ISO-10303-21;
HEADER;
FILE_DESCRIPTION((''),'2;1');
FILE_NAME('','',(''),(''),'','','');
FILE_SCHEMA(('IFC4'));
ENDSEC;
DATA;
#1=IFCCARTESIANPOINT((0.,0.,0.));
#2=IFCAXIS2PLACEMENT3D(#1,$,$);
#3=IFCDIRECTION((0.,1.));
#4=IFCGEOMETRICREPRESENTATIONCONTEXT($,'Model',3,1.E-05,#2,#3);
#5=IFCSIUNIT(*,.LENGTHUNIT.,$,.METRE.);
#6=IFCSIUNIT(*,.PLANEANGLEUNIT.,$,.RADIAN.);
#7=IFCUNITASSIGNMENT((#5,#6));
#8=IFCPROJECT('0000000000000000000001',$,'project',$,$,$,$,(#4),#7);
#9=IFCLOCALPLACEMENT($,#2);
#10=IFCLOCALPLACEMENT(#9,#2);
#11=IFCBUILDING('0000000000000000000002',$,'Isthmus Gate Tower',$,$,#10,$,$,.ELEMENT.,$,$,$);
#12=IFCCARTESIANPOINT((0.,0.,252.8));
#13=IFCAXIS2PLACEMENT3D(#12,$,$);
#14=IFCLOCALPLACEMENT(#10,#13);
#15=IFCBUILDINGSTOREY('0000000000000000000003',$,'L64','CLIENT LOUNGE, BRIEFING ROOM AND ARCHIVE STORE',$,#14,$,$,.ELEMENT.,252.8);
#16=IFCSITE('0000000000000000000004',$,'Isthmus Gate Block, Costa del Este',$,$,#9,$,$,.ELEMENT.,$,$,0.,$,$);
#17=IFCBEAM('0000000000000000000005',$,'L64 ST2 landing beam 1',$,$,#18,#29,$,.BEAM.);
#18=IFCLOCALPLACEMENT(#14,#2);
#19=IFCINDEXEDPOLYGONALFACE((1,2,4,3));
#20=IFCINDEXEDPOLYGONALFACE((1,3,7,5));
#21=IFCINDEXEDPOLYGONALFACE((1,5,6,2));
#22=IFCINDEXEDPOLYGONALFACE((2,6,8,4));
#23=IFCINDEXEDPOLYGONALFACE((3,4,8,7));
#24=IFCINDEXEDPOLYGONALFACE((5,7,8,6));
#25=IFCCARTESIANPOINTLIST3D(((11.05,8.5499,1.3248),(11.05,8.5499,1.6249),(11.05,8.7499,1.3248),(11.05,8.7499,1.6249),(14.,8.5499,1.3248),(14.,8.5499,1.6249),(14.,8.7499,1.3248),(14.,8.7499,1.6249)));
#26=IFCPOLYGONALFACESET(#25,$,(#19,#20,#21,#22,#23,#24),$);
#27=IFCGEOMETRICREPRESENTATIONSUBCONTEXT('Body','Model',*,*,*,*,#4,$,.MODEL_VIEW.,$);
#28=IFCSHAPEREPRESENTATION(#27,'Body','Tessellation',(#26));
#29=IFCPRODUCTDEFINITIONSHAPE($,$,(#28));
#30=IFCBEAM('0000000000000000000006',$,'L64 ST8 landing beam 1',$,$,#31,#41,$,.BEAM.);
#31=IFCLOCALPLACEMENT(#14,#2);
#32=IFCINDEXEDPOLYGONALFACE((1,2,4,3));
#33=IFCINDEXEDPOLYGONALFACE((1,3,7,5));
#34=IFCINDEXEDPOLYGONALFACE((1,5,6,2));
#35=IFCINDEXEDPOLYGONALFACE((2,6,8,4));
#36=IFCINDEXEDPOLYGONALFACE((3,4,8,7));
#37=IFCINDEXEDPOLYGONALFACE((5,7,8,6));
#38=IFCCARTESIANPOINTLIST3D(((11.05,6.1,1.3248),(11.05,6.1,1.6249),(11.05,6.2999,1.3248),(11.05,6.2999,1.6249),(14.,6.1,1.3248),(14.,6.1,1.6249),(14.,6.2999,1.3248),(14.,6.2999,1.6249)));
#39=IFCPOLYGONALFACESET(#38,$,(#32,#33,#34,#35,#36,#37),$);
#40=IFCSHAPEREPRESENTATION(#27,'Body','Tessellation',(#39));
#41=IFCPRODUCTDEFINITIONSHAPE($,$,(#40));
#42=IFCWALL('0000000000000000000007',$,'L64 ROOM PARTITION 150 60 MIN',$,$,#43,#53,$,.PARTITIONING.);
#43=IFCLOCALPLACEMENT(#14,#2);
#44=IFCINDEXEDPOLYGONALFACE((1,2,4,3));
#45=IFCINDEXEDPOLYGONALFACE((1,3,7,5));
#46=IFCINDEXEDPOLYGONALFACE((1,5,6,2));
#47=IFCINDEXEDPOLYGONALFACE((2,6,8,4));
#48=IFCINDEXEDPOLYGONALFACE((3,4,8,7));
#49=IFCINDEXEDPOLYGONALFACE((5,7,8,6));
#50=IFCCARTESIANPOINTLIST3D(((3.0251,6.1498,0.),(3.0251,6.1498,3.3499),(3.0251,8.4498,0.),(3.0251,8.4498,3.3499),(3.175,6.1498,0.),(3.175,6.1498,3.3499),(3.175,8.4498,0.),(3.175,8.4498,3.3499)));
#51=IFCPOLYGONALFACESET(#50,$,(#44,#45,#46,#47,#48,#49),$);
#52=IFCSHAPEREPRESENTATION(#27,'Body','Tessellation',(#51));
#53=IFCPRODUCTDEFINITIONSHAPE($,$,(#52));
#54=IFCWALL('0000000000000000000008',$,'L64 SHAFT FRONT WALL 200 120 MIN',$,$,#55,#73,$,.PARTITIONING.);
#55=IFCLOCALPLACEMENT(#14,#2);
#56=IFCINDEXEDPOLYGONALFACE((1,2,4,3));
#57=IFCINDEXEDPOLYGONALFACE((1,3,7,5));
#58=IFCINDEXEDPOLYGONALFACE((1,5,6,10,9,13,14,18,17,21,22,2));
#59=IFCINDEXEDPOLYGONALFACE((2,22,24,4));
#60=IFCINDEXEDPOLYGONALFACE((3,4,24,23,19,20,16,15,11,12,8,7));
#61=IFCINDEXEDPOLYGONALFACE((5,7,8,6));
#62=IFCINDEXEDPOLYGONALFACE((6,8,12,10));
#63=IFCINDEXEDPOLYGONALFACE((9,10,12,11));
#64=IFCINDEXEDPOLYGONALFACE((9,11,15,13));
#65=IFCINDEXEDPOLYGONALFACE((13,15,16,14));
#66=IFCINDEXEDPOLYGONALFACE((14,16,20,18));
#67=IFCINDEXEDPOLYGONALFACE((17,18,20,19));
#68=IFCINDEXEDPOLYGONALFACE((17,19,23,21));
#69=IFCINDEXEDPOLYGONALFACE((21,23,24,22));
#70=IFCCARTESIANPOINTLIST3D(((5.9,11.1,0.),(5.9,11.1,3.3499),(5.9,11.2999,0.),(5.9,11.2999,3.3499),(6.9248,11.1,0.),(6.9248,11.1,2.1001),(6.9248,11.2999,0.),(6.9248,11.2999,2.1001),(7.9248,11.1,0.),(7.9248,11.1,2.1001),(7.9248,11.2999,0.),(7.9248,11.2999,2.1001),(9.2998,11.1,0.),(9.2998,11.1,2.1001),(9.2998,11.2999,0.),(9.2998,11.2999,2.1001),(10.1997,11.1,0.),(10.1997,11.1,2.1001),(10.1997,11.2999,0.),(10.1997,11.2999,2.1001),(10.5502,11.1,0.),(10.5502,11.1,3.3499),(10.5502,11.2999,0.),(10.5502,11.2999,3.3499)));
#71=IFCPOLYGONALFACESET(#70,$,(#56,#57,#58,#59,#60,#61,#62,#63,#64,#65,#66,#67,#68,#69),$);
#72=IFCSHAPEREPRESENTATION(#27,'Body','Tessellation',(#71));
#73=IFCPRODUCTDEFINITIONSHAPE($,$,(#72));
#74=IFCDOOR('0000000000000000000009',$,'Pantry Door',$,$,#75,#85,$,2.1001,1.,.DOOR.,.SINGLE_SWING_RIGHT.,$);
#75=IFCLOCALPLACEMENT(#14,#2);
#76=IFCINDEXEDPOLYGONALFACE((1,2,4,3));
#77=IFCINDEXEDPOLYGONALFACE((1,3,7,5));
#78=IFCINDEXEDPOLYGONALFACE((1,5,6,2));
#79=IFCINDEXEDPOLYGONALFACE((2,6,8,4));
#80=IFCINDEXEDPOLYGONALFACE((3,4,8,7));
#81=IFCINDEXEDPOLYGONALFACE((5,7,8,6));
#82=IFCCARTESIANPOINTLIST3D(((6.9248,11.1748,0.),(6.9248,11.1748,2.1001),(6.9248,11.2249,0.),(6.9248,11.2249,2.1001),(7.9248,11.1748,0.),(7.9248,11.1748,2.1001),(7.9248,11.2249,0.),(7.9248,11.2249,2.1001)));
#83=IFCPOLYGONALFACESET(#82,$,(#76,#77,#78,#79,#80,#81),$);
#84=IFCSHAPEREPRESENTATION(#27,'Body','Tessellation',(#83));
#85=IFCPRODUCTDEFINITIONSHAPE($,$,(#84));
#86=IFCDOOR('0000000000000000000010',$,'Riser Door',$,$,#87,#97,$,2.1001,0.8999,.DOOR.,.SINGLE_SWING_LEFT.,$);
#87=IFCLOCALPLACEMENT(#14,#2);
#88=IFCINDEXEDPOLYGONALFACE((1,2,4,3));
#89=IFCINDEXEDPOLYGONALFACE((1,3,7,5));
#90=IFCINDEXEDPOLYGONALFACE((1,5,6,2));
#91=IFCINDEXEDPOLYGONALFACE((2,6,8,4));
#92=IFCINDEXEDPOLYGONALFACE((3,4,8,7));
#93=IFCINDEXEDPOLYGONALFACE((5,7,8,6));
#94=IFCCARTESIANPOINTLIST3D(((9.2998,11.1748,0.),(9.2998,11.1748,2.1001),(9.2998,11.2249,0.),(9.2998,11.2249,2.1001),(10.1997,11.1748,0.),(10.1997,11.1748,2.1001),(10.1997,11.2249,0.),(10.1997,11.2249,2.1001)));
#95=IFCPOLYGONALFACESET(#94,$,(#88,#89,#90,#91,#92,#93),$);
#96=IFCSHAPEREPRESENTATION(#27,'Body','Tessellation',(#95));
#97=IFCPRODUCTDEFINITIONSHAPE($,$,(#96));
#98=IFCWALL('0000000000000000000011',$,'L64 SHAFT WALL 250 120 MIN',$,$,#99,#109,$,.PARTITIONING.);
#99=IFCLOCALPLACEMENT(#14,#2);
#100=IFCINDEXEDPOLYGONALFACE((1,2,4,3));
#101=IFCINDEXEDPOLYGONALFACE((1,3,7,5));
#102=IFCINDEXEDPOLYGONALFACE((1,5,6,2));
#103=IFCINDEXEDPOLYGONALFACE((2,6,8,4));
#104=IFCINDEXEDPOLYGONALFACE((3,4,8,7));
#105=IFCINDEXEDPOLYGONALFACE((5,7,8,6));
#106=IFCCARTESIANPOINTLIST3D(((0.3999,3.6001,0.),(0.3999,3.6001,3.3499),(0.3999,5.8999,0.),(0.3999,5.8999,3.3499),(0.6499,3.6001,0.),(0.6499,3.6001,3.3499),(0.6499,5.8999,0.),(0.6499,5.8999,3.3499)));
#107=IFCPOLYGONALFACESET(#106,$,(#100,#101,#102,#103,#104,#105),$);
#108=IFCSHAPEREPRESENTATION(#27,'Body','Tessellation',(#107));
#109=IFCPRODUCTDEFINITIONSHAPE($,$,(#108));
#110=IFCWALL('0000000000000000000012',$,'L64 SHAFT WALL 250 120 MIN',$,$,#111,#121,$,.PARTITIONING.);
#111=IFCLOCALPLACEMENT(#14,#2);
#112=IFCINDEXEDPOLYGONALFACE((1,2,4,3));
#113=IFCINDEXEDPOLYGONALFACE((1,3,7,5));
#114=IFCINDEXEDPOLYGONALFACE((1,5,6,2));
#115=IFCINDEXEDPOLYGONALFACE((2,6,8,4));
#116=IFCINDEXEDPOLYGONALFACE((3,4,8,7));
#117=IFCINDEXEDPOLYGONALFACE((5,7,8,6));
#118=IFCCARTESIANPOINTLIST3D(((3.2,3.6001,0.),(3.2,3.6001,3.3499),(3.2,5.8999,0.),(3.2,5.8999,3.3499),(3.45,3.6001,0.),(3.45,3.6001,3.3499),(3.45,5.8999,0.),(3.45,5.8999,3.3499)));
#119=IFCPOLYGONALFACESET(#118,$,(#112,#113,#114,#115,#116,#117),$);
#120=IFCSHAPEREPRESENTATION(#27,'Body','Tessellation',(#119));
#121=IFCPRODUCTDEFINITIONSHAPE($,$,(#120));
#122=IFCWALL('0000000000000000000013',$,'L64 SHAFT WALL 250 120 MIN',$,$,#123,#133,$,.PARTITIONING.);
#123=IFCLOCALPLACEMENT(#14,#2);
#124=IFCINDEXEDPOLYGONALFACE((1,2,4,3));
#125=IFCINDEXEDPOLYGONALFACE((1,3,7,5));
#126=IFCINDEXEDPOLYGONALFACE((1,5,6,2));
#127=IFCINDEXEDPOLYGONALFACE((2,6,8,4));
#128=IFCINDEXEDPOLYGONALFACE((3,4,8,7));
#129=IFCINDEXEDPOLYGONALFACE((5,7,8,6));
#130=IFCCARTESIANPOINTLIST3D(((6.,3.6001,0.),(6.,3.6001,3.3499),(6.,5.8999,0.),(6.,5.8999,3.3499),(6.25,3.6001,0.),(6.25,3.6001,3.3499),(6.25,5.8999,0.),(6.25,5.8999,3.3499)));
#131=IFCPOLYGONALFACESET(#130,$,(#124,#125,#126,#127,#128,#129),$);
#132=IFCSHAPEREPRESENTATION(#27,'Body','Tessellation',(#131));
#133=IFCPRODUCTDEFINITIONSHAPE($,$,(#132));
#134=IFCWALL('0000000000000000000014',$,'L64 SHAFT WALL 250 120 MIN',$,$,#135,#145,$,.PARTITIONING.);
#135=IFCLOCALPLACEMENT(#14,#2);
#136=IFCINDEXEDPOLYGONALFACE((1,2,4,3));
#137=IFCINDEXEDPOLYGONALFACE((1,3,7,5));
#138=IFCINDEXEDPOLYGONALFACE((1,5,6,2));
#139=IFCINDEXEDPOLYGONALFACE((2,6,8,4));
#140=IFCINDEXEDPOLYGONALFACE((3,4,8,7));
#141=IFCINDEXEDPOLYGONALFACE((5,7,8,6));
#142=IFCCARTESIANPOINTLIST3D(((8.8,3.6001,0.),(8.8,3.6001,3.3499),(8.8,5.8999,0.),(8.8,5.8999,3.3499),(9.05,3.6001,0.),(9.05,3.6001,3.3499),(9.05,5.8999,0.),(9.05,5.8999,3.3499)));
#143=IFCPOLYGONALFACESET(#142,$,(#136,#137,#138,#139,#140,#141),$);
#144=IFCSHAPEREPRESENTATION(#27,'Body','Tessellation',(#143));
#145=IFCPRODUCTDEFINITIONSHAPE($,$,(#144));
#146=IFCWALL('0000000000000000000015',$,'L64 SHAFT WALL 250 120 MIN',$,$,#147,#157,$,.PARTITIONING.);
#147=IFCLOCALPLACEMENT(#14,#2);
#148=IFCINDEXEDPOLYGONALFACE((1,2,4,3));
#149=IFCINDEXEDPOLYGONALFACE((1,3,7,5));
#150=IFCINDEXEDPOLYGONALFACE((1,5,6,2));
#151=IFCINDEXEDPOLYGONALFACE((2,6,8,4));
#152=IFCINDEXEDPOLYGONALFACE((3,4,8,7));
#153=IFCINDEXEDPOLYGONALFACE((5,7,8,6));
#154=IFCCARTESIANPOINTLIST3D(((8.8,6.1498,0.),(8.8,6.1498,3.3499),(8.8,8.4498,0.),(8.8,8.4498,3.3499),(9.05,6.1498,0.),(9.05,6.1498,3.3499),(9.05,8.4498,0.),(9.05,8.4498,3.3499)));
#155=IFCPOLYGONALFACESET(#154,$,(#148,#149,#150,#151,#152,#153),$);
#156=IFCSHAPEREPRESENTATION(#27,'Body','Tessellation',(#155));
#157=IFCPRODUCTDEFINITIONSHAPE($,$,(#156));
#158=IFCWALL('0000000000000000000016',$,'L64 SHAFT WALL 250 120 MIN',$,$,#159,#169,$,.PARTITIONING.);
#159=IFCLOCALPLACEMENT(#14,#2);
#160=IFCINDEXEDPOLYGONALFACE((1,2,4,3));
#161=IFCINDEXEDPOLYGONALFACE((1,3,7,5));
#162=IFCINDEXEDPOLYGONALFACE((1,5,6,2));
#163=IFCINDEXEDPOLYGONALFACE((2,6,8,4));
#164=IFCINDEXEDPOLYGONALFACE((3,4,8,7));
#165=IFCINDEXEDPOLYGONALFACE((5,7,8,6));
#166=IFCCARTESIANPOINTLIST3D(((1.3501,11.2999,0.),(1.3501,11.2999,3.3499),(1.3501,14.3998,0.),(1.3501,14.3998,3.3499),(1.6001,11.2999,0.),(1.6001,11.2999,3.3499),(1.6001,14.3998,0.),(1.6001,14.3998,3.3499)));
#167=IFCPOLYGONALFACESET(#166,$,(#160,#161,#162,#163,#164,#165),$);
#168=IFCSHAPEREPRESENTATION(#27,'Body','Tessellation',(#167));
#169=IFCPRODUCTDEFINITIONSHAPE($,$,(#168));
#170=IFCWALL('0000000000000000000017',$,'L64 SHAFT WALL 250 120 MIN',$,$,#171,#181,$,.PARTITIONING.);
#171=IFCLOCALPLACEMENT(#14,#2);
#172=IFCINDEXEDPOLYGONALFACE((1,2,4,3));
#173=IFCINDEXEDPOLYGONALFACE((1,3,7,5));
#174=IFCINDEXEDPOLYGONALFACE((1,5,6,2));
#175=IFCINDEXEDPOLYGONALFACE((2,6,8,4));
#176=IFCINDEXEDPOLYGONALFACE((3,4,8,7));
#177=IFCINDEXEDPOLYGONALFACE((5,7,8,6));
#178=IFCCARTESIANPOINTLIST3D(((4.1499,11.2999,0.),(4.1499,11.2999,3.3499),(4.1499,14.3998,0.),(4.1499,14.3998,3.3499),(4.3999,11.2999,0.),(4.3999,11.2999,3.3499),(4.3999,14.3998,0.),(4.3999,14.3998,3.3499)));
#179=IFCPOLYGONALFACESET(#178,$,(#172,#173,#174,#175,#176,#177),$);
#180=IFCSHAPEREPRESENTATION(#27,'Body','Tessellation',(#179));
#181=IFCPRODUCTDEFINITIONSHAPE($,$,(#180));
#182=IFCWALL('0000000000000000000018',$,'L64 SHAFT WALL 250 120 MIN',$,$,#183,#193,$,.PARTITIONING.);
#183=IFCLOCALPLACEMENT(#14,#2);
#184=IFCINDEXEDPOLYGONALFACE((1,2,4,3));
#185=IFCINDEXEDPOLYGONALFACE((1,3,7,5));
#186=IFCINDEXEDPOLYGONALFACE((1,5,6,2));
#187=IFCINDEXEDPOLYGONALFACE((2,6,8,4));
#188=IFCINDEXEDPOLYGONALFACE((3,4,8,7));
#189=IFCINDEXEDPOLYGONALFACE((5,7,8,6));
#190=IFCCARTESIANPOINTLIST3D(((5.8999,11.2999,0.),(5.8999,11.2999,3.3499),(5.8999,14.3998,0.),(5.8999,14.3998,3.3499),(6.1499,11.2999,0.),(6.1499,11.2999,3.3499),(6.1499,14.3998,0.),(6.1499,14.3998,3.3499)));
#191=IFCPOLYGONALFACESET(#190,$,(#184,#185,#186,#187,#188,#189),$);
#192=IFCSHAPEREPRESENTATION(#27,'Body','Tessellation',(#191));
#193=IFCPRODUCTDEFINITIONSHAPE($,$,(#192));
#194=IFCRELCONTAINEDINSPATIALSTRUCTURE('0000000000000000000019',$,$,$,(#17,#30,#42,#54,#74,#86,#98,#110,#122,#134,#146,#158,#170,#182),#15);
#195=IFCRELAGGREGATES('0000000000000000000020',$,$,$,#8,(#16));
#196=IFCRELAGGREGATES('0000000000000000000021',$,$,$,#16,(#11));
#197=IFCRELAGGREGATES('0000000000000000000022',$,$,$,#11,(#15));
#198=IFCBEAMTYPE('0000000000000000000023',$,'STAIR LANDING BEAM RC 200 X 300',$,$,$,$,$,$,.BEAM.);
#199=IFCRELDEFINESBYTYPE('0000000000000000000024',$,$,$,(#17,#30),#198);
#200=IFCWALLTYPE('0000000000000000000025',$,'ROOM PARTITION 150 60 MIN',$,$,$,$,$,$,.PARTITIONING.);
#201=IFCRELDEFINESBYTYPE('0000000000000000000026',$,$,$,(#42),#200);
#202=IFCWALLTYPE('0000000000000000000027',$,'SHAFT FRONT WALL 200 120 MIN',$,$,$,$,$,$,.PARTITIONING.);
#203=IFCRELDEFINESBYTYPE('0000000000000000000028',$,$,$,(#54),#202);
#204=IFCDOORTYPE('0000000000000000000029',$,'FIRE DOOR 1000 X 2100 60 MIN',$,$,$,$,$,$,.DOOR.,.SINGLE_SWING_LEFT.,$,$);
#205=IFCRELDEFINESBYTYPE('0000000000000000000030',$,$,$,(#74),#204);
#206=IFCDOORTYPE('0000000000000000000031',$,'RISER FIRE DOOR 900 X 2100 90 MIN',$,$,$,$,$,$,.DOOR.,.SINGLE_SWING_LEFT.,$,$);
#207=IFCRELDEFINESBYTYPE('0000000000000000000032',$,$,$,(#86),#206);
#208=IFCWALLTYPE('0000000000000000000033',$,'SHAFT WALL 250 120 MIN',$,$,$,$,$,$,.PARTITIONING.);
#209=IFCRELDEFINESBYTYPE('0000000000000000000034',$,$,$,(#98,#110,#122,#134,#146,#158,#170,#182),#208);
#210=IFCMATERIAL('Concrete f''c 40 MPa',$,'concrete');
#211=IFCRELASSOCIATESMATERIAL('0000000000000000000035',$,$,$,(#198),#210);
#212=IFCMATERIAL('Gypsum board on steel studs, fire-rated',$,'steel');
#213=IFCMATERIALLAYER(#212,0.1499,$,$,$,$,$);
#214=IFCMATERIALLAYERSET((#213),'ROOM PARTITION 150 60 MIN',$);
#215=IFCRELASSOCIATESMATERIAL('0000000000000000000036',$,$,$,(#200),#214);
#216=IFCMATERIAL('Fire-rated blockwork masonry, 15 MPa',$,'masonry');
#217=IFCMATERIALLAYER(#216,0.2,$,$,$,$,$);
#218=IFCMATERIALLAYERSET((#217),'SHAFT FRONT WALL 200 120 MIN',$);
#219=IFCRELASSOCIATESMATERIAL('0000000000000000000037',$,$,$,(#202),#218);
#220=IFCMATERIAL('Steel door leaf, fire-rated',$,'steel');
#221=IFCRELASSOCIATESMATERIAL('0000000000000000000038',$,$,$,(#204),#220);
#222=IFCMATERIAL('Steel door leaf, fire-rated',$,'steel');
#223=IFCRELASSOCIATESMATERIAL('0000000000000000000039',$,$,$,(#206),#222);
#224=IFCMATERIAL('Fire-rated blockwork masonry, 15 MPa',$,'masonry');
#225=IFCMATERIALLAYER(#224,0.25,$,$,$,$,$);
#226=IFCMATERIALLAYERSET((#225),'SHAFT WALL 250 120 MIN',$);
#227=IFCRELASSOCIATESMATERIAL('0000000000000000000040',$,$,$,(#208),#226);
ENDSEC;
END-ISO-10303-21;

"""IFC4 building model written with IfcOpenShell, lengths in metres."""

from ifc_helpers import new_model, si_unit, direction, frame, frame_2d, origin, origin_2d, place, context, subcontext, project, spatial, rectangle, extrude, material, layer, layer_set, material_profile, profile_set, type_object, element, fill, save


model = new_model("IFC4")

# Units and contexts
model_context = context("Model", 3, precision=1e-05, world=origin(), true_north=direction((0.0, 1.0)))
body_context = subcontext(model_context, "Body", "Model", "MODEL_VIEW")
ifc_project = project(units=[si_unit("LENGTHUNIT", "METRE"), si_unit("PLANEANGLEUNIT", "RADIAN")], contexts=[model_context])

# Site, building, storey
site_placement = place(None, origin())
site = spatial("IfcSite", under=ifc_project, at=site_placement, Name="Isthmus Gate Block, Costa del Este", CompositionType="ELEMENT", RefElevation=0.0)
building_placement = place(site_placement, origin())
building = spatial("IfcBuilding", under=site, at=building_placement, Name="Isthmus Gate Tower", CompositionType="ELEMENT")
storey_placement = place(building_placement, frame((0.0, 0.0, 252.8)))
storey = spatial("IfcBuildingStorey", under=building, at=storey_placement, Name="L64", Description="CLIENT LOUNGE, BRIEFING ROOM AND ARCHIVE STORE", CompositionType="ELEMENT", Elevation=252.8)

# Beams
ifc_material_1 = material(Name="Concrete f'c 40 MPa", Category="concrete")
ifc_material_profile = material_profile(ifc_material_1, rectangle(XDim=0.2, YDim=0.3, at=origin_2d()), Name="STAIR LANDING BEAM RC 200 X 300")
ifc_profile_set = profile_set([ifc_material_profile], Name="Concrete f'c 40 MPa")
beam_type = type_object("IfcBeamType", Name="STAIR LANDING BEAM RC 200 X 300", PredefinedType="BEAM", material=ifc_profile_set)
for number, where, z_axis, x_axis, name in (
    (1, (11.05, 8.6499, 1.4749), (1.0, 0.0, 0.0), (0.0, 1.0, 0.0), "L64 ST2 landing beam 1"),
    (2, (11.05, 6.2, 1.4749), (1.0, 0.0, 0.0), (0.0, 1.0, 0.0), "L64 ST8 landing beam 1"),
):
    element("IfcBeam", number, at=place(storey_placement, frame(where, z_axis=z_axis, x_axis=x_axis)), inside=storey, type_object=beam_type, Name=name, PredefinedType="BEAM", context=body_context, shape_type="SweptSolid", body=[
        extrude(rectangle(XDim=0.2, YDim=0.3, at=origin_2d()), origin(), (0.0, 0.0, 1.0), 2.95),
    ])

# Wall
ifc_material_2 = material(Name="Gypsum board on steel studs, fire-rated", Category="steel")
ifc_layer_1 = layer(ifc_material_2, 0.1499)
ifc_layer_set_1 = layer_set([ifc_layer_1], Name="ROOM PARTITION 150 60 MIN")
wall_type_1 = type_object("IfcWallType", Name="ROOM PARTITION 150 60 MIN", PredefinedType="PARTITIONING", material=ifc_layer_set_1)
wall_1_placement = place(storey_placement, frame((3.1001, 6.1499, 0.0), z_axis=(0.0, 0.0, 1.0), x_axis=(0.0, 1.0, 0.0)))
element("IfcWall", 3, at=wall_1_placement, inside=storey, type_object=wall_type_1, Name="L64 ROOM PARTITION 150 60 MIN", PredefinedType="PARTITIONING", context=body_context, shape_type="SweptSolid", body=[
    extrude(rectangle(XDim=2.3, YDim=0.1499, at=frame_2d((1.1499, 0.0))), origin(), (0.0, 0.0, 1.0), 3.3499),
])

# Wall, openings, doors
ifc_material_3 = material(Name="Fire-rated blockwork masonry, 15 MPa", Category="masonry")
ifc_layer_2 = layer(ifc_material_3, 0.2)
ifc_layer_set_2 = layer_set([ifc_layer_2], Name="SHAFT FRONT WALL 200 120 MIN")
wall_type_2 = type_object("IfcWallType", Name="SHAFT FRONT WALL 200 120 MIN", PredefinedType="PARTITIONING", material=ifc_layer_set_2)
wall_2_placement = place(storey_placement, frame((5.8999, 11.2, 0.0), z_axis=(0.0, 0.0, 1.0), x_axis=(1.0, 0.0, 0.0)))
wall_2 = element("IfcWall", 4, at=wall_2_placement, inside=storey, type_object=wall_type_2, Name="L64 SHAFT FRONT WALL 200 120 MIN", PredefinedType="PARTITIONING", context=body_context, shape_type="SweptSolid", body=[
    extrude(rectangle(XDim=4.6501, YDim=0.2, at=frame_2d((2.3252, 0.0))), origin(), (0.0, 0.0, 1.0), 3.3499),
])
opening_1_placement = place(wall_2_placement, frame((1.0249, 0.0, 0.0)))
opening_1 = element("IfcOpeningElement", 5, at=opening_1_placement, cuts=wall_2, PredefinedType="OPENING", context=body_context, shape_type="SweptSolid", body=[
    extrude(rectangle(XDim=1.0, YDim=2.1001, at=frame_2d((0.5, 1.05))), frame((0.0, 0.1099, 0.0), z_axis=(0.0, -1.0, 0.0), x_axis=(1.0, 0.0, 0.0)), (0.0, 0.0, 1.0), 0.22),
])
opening_2_placement = place(wall_2_placement, frame((3.3999, 0.0, 0.0)))
opening_2 = element("IfcOpeningElement", 6, at=opening_2_placement, cuts=wall_2, PredefinedType="OPENING", context=body_context, shape_type="SweptSolid", body=[
    extrude(rectangle(XDim=0.8999, YDim=2.1001, at=frame_2d((0.45, 1.05))), frame((0.0, 0.1099, 0.0), z_axis=(0.0, -1.0, 0.0), x_axis=(1.0, 0.0, 0.0)), (0.0, 0.0, 1.0), 0.22),
])
ifc_material_4 = material(Name="Steel door leaf, fire-rated", Category="steel")
door_type_1 = type_object("IfcDoorType", Name="FIRE DOOR 1000 X 2100 60 MIN", OperationType="SINGLE_SWING_LEFT", PredefinedType="DOOR", material=ifc_material_4)
door_1_placement = place(opening_1_placement, origin())
door_1 = element("IfcDoor", 7, at=door_1_placement, inside=storey, type_object=door_type_1, Name="Pantry Door", OperationType="SINGLE_SWING_RIGHT", OverallHeight=2.1001, OverallWidth=1.0, PredefinedType="DOOR", context=body_context, shape_type="SweptSolid", body=[
    extrude(rectangle(XDim=1.0, YDim=2.1001, at=frame_2d((0.5, 1.05))), frame((0.0, 0.0249, 0.0), z_axis=(0.0, -1.0, 0.0), x_axis=(1.0, 0.0, 0.0)), (0.0, 0.0, 1.0), 0.05),
])
fill(opening_1, door_1)
ifc_material_5 = material(Name="Steel door leaf, fire-rated", Category="steel")
door_type_2 = type_object("IfcDoorType", Name="RISER FIRE DOOR 900 X 2100 90 MIN", OperationType="SINGLE_SWING_LEFT", PredefinedType="DOOR", material=ifc_material_5)
door_2_placement = place(opening_2_placement, origin())
door_2 = element("IfcDoor", 8, at=door_2_placement, inside=storey, type_object=door_type_2, Name="Riser Door", OperationType="SINGLE_SWING_LEFT", OverallHeight=2.1001, OverallWidth=0.8999, PredefinedType="DOOR", context=body_context, shape_type="SweptSolid", body=[
    extrude(rectangle(XDim=0.8999, YDim=2.1001, at=frame_2d((0.45, 1.05))), frame((0.0, 0.0249, 0.0), z_axis=(0.0, -1.0, 0.0), x_axis=(1.0, 0.0, 0.0)), (0.0, 0.0, 1.0), 0.05),
])
fill(opening_2, door_2)

# Walls
ifc_material_6 = material(Name="Fire-rated blockwork masonry, 15 MPa", Category="masonry")
ifc_layer_3 = layer(ifc_material_6, 0.25)
ifc_layer_set_3 = layer_set([ifc_layer_3], Name="SHAFT WALL 250 120 MIN")
wall_type_3 = type_object("IfcWallType", Name="SHAFT WALL 250 120 MIN", PredefinedType="PARTITIONING", material=ifc_layer_set_3)
for number, where, z_axis, x_axis, name in (
    (9, (0.5249, 3.6001, 0.0), (0.0, 0.0, 1.0), (0.0, 1.0, 0.0), "L64 SHAFT WALL 250 120 MIN"),
    (10, (3.325, 3.6001, 0.0), (0.0, 0.0, 1.0), (0.0, 1.0, 0.0), "L64 SHAFT WALL 250 120 MIN"),
    (11, (6.125, 3.6001, 0.0), (0.0, 0.0, 1.0), (0.0, 1.0, 0.0), "L64 SHAFT WALL 250 120 MIN"),
    (12, (8.925, 3.6001, 0.0), (0.0, 0.0, 1.0), (0.0, 1.0, 0.0), "L64 SHAFT WALL 250 120 MIN"),
):
    element("IfcWall", number, at=place(storey_placement, frame(where, z_axis=z_axis, x_axis=x_axis)), inside=storey, type_object=wall_type_3, Name=name, PredefinedType="PARTITIONING", context=body_context, shape_type="SweptSolid", body=[
        extrude(rectangle(XDim=2.2998, YDim=0.25, at=frame_2d((1.1499, 0.0))), origin(), (0.0, 0.0, 1.0), 3.3499),
    ])
wall_3_placement = place(storey_placement, frame((8.925, 6.1499, 0.0), z_axis=(0.0, 0.0, 1.0), x_axis=(0.0, 1.0, 0.0)))
element("IfcWall", 13, at=wall_3_placement, inside=storey, type_object=wall_type_3, Name="L64 SHAFT WALL 250 120 MIN", PredefinedType="PARTITIONING", context=body_context, shape_type="SweptSolid", body=[
    extrude(rectangle(XDim=2.3, YDim=0.25, at=frame_2d((1.1499, 0.0))), origin(), (0.0, 0.0, 1.0), 3.3499),
])
for number, where, z_axis, x_axis, name in (
    (14, (1.4751, 11.3, 0.0), (0.0, 0.0, 1.0), (0.0, 1.0, 0.0), "L64 SHAFT WALL 250 120 MIN"),
    (15, (4.2749, 11.3, 0.0), (0.0, 0.0, 1.0), (0.0, 1.0, 0.0), "L64 SHAFT WALL 250 120 MIN"),
    (16, (6.0249, 11.3, 0.0), (0.0, 0.0, 1.0), (0.0, 1.0, 0.0), "L64 SHAFT WALL 250 120 MIN"),
):
    element("IfcWall", number, at=place(storey_placement, frame(where, z_axis=z_axis, x_axis=x_axis)), inside=storey, type_object=wall_type_3, Name=name, PredefinedType="PARTITIONING", context=body_context, shape_type="SweptSolid", body=[
        extrude(rectangle(XDim=3.0999, YDim=0.25, at=frame_2d((1.5498, 0.0))), origin(), (0.0, 0.0, 1.0), 3.3499),
    ])

save(model, "model.ifc")
